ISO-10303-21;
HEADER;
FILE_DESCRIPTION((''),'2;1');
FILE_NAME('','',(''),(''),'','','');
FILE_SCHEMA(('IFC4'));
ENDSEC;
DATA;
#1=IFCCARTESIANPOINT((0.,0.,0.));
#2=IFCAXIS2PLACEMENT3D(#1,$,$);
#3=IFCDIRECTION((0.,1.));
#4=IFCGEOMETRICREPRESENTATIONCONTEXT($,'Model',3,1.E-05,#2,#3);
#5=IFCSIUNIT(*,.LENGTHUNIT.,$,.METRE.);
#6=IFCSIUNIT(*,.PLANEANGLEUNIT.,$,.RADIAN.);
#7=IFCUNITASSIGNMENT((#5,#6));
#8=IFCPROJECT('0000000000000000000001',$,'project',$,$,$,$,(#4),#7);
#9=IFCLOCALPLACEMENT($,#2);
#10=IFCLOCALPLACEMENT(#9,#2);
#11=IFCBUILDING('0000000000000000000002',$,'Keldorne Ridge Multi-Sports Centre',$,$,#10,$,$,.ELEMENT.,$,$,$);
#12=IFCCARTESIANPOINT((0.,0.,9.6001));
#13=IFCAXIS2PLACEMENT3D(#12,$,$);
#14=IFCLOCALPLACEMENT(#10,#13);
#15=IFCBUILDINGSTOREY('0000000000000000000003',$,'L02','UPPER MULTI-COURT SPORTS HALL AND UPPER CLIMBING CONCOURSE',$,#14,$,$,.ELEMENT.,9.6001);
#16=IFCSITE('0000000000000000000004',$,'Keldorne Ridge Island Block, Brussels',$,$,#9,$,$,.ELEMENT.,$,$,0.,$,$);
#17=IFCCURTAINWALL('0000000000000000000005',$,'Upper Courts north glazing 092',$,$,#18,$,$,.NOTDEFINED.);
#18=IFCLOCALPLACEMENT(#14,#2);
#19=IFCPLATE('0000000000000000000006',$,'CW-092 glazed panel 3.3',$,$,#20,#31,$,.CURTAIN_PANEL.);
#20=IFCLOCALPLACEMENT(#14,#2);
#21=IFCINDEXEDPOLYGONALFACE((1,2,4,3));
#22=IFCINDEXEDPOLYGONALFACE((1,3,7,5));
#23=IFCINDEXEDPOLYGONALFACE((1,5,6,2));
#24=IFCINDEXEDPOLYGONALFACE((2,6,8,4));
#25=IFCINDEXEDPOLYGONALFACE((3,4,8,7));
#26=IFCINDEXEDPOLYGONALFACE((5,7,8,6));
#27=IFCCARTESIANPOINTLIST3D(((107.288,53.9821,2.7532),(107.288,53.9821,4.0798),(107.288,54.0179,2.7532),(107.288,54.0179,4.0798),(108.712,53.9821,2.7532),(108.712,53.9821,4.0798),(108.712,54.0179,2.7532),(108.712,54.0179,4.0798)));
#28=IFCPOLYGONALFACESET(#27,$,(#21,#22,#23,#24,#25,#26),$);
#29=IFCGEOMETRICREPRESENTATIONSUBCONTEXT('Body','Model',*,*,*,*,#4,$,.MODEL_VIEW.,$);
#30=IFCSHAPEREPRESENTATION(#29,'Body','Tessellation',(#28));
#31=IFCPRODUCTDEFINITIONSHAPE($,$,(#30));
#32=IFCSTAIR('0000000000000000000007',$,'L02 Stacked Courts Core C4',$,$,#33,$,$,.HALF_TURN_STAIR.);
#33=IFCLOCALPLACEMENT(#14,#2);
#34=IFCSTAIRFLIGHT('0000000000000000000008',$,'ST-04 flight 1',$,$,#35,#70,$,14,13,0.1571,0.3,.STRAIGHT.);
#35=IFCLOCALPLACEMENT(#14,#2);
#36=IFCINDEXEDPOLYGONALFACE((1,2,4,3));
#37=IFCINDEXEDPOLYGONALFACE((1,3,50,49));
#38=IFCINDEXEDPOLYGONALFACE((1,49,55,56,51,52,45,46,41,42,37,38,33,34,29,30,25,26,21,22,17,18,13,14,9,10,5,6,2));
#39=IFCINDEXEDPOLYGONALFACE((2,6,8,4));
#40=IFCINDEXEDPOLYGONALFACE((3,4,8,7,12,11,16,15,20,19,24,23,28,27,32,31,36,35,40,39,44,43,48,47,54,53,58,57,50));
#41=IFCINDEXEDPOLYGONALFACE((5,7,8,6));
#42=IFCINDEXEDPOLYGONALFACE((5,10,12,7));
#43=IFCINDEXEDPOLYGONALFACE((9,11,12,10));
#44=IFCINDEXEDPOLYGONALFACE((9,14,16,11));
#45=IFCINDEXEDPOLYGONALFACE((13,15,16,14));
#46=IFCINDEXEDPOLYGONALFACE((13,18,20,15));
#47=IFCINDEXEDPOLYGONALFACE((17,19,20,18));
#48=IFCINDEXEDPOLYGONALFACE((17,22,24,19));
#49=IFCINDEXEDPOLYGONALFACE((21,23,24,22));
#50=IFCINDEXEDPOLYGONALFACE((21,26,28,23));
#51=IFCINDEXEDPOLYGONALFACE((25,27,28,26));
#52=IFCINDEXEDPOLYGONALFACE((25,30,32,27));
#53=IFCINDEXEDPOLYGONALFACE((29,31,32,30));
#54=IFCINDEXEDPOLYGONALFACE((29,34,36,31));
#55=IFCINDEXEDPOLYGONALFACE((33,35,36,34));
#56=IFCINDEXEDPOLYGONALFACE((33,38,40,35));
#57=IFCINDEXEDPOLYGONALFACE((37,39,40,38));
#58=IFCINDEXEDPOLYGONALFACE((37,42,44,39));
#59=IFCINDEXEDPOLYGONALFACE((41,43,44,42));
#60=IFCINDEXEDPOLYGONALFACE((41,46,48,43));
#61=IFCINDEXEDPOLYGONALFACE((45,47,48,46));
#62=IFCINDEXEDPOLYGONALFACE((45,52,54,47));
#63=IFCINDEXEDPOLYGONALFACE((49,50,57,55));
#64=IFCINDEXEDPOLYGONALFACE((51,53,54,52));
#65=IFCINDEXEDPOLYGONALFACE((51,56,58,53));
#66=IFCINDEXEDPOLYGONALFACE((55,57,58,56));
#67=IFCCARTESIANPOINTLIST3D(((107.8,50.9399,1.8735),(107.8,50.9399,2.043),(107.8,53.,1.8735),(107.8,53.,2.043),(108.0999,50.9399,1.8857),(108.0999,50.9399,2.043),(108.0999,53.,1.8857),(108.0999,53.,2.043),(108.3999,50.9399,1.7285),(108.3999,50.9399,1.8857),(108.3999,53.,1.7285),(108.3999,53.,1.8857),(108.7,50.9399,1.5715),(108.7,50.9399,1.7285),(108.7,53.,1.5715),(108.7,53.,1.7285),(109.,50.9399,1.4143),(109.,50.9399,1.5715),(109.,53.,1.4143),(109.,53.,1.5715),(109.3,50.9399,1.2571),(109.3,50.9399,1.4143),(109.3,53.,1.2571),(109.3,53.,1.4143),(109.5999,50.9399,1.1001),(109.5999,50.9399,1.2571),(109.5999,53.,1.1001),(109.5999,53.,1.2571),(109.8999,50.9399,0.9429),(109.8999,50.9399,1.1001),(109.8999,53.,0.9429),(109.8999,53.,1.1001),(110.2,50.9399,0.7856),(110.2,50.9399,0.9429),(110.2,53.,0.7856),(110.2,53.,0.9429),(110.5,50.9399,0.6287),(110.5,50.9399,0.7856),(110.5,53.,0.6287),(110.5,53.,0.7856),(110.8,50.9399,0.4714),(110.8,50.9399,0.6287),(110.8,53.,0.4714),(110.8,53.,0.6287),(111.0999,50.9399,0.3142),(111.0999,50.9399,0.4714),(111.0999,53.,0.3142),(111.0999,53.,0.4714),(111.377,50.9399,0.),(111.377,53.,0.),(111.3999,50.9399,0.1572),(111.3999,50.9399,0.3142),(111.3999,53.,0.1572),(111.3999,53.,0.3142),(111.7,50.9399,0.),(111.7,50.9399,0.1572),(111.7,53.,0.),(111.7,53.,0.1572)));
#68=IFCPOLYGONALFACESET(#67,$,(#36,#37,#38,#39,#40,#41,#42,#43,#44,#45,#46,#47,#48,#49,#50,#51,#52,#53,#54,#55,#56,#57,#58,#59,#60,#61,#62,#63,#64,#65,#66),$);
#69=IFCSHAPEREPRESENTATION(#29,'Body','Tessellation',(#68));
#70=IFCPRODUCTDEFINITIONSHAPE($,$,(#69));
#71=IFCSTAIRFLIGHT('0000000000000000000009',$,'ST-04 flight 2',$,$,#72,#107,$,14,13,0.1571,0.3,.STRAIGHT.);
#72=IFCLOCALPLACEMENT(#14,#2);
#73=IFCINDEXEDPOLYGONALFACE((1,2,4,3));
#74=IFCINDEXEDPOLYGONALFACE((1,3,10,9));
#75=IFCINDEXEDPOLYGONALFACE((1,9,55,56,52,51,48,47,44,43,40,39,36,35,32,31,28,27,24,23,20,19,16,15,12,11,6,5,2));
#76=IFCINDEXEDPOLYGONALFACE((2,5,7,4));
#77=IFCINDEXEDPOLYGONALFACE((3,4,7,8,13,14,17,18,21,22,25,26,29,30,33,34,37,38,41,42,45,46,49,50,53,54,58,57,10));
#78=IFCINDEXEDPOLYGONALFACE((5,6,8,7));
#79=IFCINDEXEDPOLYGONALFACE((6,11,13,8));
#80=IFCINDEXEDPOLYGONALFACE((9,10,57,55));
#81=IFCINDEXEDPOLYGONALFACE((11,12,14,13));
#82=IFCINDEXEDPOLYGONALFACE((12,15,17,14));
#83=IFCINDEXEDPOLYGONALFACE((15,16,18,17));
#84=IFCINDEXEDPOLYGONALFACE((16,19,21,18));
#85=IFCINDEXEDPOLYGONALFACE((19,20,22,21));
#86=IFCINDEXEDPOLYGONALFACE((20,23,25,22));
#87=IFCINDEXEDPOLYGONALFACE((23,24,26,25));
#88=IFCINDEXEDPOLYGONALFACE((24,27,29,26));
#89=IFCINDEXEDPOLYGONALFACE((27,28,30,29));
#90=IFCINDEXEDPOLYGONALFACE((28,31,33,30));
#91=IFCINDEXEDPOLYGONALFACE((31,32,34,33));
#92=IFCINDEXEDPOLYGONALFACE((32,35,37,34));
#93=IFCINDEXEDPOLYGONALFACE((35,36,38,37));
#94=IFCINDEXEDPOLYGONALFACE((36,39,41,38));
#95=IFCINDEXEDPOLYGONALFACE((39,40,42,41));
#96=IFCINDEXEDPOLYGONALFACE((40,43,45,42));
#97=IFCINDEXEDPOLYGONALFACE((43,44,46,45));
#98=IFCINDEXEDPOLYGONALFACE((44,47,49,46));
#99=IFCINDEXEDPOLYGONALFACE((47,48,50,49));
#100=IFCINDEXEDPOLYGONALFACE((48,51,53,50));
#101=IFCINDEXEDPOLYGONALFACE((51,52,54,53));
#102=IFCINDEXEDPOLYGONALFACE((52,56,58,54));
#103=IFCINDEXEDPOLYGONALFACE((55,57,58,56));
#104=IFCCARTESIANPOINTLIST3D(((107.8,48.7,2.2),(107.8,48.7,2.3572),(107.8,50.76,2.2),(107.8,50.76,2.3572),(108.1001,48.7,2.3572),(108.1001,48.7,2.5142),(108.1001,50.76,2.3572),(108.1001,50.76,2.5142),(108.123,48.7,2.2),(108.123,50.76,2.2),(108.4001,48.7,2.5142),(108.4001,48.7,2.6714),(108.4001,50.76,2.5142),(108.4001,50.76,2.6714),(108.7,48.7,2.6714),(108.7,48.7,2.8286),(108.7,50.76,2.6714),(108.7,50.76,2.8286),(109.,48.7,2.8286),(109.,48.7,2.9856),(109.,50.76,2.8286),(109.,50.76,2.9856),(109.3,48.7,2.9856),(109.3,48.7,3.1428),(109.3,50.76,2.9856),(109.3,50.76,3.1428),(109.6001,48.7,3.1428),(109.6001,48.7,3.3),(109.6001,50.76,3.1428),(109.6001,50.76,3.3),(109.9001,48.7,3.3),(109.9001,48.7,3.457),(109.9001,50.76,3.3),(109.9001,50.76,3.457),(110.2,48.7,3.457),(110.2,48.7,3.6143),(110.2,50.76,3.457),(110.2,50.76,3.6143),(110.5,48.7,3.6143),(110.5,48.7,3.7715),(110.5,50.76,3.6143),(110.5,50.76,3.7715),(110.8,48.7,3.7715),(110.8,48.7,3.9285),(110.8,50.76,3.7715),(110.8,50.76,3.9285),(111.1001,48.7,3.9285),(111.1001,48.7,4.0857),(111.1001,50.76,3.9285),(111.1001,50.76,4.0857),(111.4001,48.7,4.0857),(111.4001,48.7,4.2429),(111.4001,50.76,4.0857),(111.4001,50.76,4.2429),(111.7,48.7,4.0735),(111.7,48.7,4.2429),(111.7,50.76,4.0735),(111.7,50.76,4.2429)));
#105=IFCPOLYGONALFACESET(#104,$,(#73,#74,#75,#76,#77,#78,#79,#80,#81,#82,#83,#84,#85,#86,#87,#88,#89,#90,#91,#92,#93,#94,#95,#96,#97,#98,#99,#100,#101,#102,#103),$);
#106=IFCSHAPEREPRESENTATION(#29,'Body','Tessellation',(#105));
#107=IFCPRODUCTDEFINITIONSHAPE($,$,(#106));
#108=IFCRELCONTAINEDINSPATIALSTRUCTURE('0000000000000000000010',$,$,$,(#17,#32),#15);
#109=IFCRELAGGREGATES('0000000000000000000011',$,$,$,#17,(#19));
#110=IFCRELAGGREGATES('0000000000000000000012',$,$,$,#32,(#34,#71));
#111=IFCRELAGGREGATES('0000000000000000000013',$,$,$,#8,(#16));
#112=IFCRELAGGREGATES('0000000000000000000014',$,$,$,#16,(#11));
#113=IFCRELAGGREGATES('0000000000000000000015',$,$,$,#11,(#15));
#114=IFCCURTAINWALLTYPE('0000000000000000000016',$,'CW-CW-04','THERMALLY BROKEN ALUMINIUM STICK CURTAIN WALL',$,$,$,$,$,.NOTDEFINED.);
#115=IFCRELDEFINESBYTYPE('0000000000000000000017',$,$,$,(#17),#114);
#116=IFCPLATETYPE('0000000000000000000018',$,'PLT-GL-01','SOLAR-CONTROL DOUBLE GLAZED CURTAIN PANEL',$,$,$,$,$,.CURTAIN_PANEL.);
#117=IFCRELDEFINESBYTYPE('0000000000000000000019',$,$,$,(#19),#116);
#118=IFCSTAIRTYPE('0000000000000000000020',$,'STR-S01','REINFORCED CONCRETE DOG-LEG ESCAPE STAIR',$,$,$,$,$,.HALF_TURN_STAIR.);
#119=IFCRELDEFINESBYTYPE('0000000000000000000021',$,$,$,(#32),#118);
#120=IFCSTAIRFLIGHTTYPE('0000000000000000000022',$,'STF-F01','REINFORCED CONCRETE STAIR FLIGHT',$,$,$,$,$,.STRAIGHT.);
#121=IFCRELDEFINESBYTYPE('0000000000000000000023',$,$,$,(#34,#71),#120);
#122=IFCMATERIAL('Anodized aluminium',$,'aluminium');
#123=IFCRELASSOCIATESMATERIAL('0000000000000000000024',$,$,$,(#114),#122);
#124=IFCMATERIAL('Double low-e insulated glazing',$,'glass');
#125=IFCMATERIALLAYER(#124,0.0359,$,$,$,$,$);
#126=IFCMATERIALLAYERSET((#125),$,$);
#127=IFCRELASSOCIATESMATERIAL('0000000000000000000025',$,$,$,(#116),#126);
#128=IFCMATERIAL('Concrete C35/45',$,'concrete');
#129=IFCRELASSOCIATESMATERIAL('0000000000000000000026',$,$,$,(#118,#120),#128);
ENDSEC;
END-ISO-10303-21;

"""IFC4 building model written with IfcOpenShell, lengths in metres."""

from ifc_helpers import new_model, si_unit, direction, frame, origin, origin_2d, place, context, subcontext, project, spatial, polyline, rectangle, outline, extrude, material, layer, layer_set, type_object, element, aggregate, save


model = new_model("IFC4")

# Units and contexts
model_context = context("Model", 3, precision=1e-05, world=origin(), true_north=direction((0.0, 1.0)))
body_context = subcontext(model_context, "Body", "Model", "MODEL_VIEW")
ifc_project = project(units=[si_unit("LENGTHUNIT", "METRE"), si_unit("PLANEANGLEUNIT", "RADIAN")], contexts=[model_context])

# Site, building, storey
site_placement = place(None, origin())
site = spatial("IfcSite", under=ifc_project, at=site_placement, Name="Keldorne Ridge Island Block, Brussels", CompositionType="ELEMENT", RefElevation=0.0)
building_placement = place(site_placement, origin())
building = spatial("IfcBuilding", under=site, at=building_placement, Name="Keldorne Ridge Multi-Sports Centre", CompositionType="ELEMENT")
storey_placement = place(building_placement, frame((0.0, 0.0, 9.6001)))
storey = spatial("IfcBuildingStorey", under=building, at=storey_placement, Name="L02", Description="UPPER MULTI-COURT SPORTS HALL AND UPPER CLIMBING CONCOURSE", CompositionType="ELEMENT", Elevation=9.6001)

# Curtain wall, plate
ifc_material_1 = material(Name="Anodized aluminium", Category="aluminium")
curtain_wall_type = type_object("IfcCurtainWallType", Name="CW-CW-04", Description="THERMALLY BROKEN ALUMINIUM STICK CURTAIN WALL", PredefinedType="NOTDEFINED", material=ifc_material_1)
curtain_wall_placement = place(storey_placement, origin())
curtain_wall = element("IfcCurtainWall", 1, at=curtain_wall_placement, inside=storey, type_object=curtain_wall_type, Name="Upper Courts north glazing 092", PredefinedType="NOTDEFINED")
ifc_material_2 = material(Name="Double low-e insulated glazing", Category="glass")
ifc_layer = layer(ifc_material_2, 0.0359)
ifc_layer_set = layer_set([ifc_layer])
plate_type = type_object("IfcPlateType", Name="PLT-GL-01", Description="SOLAR-CONTROL DOUBLE GLAZED CURTAIN PANEL", PredefinedType="CURTAIN_PANEL", material=ifc_layer_set)
plate_1_placement = place(storey_placement, frame((108.0, 54.0, 2.7532), z_axis=(0.0, 0.0, 1.0), x_axis=(-1.0, 0.0, 0.0)))
plate_1 = element("IfcPlate", 2, at=plate_1_placement, type_object=plate_type, Name="CW-092 glazed panel 3.3", PredefinedType="CURTAIN_PANEL", context=body_context, shape_type="SweptSolid", body=[
    extrude(rectangle(XDim=1.4241, YDim=0.0359, at=origin_2d()), origin(), (0.0, 0.0, 1.0), 1.3267),
])
aggregate(curtain_wall, [plate_1])

# Stair, stair flights
ifc_material_3 = material(Name="Concrete C35/45", Category="concrete")
stair_type = type_object("IfcStairType", Name="STR-S01", Description="REINFORCED CONCRETE DOG-LEG ESCAPE STAIR", PredefinedType="HALF_TURN_STAIR", material=ifc_material_3)
stair_placement = place(storey_placement, origin())
stair = element("IfcStair", 3, at=stair_placement, inside=storey, type_object=stair_type, Name="L02 Stacked Courts Core C4", PredefinedType="HALF_TURN_STAIR")
stair_flight_type = type_object("IfcStairFlightType", Name="STF-F01", Description="REINFORCED CONCRETE STAIR FLIGHT", PredefinedType="STRAIGHT", material=ifc_material_3)
stair_flight_1_placement = place(storey_placement, frame((111.7, 51.97, 0.0), z_axis=(0.0, 0.0, 1.0), x_axis=(-1.0, 0.0, 0.0)))
stair_flight_1 = element("IfcStairFlight", 4, at=stair_flight_1_placement, type_object=stair_flight_type, Name="ST-04 flight 1", NumberOfRisers=14, NumberOfTreads=13, PredefinedType="STRAIGHT", RiserHeight=0.1571, TreadLength=0.3, context=body_context, shape_type="SweptSolid", body=[
    extrude(outline(polyline([(0.0, 0.0), (0.0, 0.1572), (0.3, 0.1572), (0.3, 0.3142), (0.6001, 0.3142), (0.6001, 0.4714), (0.8999, 0.4714), (0.8999, 0.6287), (1.2, 0.6287), (1.2, 0.7856), (1.5, 0.7856), (1.5, 0.9429), (1.8, 0.9429), (1.8, 1.1001), (2.1001, 1.1001), (2.1001, 1.2571), (2.3999, 1.2571), (2.3999, 1.4143), (2.7, 1.4143), (2.7, 1.5715), (3.0, 1.5715), (3.0, 1.7285), (3.3, 1.7285), (3.3, 1.8857), (3.6001, 1.8857), (3.6001, 2.043), (3.8999, 2.043), (3.8999, 2.2), (3.8999, 1.8735), (0.323, 0.0), (0.0, 0.0)])), frame((0.0, 1.03, 0.0), z_axis=(0.0, -1.0, 0.0), x_axis=(1.0, 0.0, 0.0)), (0.0, 0.0, 1.0), 2.0601),
])
stair_flight_2_placement = place(storey_placement, frame((107.8, 49.73, 2.2), z_axis=(0.0, 0.0, 1.0), x_axis=(1.0, 0.0, 0.0)))
stair_flight_2 = element("IfcStairFlight", 5, at=stair_flight_2_placement, type_object=stair_flight_type, Name="ST-04 flight 2", NumberOfRisers=14, NumberOfTreads=13, PredefinedType="STRAIGHT", RiserHeight=0.1571, TreadLength=0.3, context=body_context, shape_type="SweptSolid", body=[
    extrude(outline(polyline([(0.0, 0.0), (0.0, 0.1572), (0.3, 0.1572), (0.3, 0.3142), (0.6001, 0.3142), (0.6001, 0.4714), (0.8999, 0.4714), (0.8999, 0.6287), (1.2, 0.6287), (1.2, 0.7856), (1.5, 0.7856), (1.5, 0.9429), (1.8, 0.9429), (1.8, 1.1001), (2.1001, 1.1001), (2.1001, 1.2571), (2.3999, 1.2571), (2.3999, 1.4143), (2.7, 1.4143), (2.7, 1.5715), (3.0, 1.5715), (3.0, 1.7285), (3.3, 1.7285), (3.3, 1.8857), (3.6001, 1.8857), (3.6001, 2.043), (3.8999, 2.043), (3.8999, 2.2), (3.8999, 1.8735), (0.323, 0.0), (0.0, 0.0)])), frame((0.0, 1.03, 0.0), z_axis=(0.0, -1.0, 0.0), x_axis=(1.0, 0.0, 0.0)), (0.0, 0.0, 1.0), 2.0601),
])
aggregate(stair, [stair_flight_1, stair_flight_2])

save(model, "model.ifc")
